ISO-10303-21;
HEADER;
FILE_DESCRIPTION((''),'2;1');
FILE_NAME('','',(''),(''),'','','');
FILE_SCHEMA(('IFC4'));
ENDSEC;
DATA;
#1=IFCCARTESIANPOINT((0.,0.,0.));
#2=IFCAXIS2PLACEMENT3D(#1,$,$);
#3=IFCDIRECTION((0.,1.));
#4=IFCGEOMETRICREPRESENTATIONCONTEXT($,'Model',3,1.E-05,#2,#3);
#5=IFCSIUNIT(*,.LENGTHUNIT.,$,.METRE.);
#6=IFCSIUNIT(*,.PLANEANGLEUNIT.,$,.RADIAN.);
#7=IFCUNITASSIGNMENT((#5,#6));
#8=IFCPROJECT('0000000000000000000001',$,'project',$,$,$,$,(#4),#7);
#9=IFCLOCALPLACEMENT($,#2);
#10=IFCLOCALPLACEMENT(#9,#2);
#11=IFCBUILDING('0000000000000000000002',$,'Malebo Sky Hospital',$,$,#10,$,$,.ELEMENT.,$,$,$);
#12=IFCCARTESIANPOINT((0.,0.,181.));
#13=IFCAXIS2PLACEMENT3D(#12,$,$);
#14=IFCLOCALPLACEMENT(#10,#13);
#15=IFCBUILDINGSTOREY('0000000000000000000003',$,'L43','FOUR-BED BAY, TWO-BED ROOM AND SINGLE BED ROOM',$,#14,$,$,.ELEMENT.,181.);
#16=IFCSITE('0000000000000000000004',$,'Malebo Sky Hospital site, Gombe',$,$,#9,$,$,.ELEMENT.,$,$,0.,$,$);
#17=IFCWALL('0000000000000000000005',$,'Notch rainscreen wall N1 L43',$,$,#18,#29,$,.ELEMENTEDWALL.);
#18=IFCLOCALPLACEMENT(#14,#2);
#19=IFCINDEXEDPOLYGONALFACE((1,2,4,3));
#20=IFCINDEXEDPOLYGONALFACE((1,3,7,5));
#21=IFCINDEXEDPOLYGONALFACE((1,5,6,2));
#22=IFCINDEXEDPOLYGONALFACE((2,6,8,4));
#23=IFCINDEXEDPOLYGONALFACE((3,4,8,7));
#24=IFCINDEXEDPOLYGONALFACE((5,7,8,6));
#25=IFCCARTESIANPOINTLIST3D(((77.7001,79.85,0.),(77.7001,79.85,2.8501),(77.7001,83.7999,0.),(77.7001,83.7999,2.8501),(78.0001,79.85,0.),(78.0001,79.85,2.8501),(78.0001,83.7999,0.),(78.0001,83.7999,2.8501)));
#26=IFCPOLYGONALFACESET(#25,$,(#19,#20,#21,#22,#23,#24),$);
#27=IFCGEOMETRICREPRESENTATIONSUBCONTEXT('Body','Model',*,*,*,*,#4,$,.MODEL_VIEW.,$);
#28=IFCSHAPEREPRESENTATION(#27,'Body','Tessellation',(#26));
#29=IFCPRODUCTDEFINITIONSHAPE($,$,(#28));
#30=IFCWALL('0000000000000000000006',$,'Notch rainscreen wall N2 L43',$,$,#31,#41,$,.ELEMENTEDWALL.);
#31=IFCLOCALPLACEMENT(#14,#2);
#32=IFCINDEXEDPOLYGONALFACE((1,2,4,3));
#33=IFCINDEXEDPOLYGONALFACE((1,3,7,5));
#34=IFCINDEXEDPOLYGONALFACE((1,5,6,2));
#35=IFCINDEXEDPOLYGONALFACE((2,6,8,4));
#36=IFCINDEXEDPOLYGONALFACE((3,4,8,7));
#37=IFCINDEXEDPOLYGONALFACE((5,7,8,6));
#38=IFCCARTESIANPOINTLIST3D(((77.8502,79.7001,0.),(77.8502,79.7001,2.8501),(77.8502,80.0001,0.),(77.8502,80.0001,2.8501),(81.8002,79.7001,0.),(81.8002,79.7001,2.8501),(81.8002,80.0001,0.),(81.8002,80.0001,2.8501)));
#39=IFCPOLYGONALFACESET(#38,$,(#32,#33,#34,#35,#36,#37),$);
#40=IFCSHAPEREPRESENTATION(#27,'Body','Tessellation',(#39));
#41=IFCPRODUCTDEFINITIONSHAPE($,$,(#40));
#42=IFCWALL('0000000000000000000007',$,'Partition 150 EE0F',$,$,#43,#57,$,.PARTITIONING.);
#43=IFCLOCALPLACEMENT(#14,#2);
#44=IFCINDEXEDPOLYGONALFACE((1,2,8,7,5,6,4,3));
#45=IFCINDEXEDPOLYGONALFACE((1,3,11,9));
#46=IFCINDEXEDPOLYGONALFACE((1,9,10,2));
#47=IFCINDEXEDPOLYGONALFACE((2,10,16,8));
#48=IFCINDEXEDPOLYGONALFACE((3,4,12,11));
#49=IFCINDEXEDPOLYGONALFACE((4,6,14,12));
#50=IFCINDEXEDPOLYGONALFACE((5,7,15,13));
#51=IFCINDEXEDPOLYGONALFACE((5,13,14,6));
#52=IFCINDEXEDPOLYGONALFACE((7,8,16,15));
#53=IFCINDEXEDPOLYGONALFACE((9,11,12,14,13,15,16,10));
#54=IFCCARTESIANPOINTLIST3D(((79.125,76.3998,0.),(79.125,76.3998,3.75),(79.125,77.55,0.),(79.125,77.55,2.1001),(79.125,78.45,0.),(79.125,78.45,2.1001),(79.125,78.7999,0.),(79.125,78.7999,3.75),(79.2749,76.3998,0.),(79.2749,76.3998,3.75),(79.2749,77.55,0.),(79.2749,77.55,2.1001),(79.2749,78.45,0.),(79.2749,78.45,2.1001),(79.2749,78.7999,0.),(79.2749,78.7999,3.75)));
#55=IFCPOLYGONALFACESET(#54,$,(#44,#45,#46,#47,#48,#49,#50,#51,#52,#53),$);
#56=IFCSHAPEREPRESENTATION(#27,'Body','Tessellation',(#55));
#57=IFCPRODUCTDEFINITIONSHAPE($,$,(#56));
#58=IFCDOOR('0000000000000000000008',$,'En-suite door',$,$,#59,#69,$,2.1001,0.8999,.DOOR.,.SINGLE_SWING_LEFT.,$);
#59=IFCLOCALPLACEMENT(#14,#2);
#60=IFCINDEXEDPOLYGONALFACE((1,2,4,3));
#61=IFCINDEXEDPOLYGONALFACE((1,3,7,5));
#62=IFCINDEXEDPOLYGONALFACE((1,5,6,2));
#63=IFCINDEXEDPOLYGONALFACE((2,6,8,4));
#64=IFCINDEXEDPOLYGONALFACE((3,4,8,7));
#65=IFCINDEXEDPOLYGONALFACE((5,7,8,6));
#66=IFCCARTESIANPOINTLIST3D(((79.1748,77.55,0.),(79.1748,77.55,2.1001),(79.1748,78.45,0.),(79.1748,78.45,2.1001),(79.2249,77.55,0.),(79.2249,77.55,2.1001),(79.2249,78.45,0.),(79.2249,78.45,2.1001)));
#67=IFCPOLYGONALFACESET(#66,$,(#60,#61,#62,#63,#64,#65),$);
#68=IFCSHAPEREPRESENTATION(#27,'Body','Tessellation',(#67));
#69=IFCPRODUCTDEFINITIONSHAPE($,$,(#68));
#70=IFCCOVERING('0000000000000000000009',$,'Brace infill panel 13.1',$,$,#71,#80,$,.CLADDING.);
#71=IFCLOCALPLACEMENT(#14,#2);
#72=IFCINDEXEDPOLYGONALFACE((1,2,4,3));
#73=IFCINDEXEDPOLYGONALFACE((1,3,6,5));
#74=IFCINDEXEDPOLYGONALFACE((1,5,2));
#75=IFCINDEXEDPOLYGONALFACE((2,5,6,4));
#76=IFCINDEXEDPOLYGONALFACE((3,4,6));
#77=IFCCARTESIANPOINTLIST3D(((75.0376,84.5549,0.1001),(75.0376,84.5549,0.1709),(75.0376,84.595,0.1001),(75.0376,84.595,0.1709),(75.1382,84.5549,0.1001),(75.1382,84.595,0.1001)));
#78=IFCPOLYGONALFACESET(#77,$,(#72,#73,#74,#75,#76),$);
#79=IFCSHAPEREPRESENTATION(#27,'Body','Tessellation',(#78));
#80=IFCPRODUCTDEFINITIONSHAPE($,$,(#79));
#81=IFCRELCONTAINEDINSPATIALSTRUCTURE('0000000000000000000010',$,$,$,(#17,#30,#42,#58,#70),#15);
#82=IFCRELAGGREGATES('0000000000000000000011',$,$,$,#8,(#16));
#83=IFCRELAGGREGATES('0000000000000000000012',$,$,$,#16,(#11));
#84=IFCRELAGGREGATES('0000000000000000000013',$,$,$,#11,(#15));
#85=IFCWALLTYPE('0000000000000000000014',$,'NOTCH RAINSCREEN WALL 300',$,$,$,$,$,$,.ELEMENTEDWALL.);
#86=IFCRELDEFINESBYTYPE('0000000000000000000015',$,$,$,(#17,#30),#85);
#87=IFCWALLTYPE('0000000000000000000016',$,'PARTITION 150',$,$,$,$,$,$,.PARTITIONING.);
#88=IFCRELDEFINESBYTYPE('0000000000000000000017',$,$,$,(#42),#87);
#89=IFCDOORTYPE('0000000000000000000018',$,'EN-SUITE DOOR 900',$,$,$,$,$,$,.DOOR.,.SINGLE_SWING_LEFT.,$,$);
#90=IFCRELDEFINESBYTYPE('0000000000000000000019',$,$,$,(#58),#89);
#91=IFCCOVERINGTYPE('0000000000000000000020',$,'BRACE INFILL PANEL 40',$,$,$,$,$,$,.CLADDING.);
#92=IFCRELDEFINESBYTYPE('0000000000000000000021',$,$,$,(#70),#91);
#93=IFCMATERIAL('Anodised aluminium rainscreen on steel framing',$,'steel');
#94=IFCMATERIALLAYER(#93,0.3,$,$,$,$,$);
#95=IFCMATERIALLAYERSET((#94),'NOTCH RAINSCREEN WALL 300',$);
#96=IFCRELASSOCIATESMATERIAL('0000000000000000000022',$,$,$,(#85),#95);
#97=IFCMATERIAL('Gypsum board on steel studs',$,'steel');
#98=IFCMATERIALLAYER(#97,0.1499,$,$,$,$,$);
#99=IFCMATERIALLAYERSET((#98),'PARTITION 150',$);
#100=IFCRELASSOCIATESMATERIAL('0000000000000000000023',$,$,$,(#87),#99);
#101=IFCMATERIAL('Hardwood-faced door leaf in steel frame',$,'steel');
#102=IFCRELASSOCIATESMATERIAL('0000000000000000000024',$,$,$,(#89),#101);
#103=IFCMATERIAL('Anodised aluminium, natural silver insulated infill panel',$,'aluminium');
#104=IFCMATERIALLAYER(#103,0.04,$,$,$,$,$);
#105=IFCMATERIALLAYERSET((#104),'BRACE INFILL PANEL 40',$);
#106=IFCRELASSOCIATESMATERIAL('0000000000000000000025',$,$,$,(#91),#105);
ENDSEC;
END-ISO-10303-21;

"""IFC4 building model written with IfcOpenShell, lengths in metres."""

from ifc_helpers import new_model, si_unit, direction, frame, frame_2d, origin, place, context, subcontext, project, spatial, polyline, rectangle, outline, extrude, material, layer, layer_set, type_object, element, fill, save


model = new_model("IFC4")

# Units and contexts
model_context = context("Model", 3, precision=1e-05, world=origin(), true_north=direction((0.0, 1.0)))
body_context = subcontext(model_context, "Body", "Model", "MODEL_VIEW")
ifc_project = project(units=[si_unit("LENGTHUNIT", "METRE"), si_unit("PLANEANGLEUNIT", "RADIAN")], contexts=[model_context])

# Site, building, storey
site_placement = place(None, origin())
site = spatial("IfcSite", under=ifc_project, at=site_placement, Name="Malebo Sky Hospital site, Gombe", CompositionType="ELEMENT", RefElevation=0.0)
building_placement = place(site_placement, origin())
building = spatial("IfcBuilding", under=site, at=building_placement, Name="Malebo Sky Hospital", CompositionType="ELEMENT")
storey_placement = place(building_placement, frame((0.0, 0.0, 181.0)))
storey = spatial("IfcBuildingStorey", under=building, at=storey_placement, Name="L43", Description="FOUR-BED BAY, TWO-BED ROOM AND SINGLE BED ROOM", CompositionType="ELEMENT", Elevation=181.0)

# Walls
ifc_material_1 = material(Name="Anodised aluminium rainscreen on steel framing", Category="steel")
ifc_layer_1 = layer(ifc_material_1, 0.3)
ifc_layer_set_1 = layer_set([ifc_layer_1], Name="NOTCH RAINSCREEN WALL 300")
wall_type_1 = type_object("IfcWallType", Name="NOTCH RAINSCREEN WALL 300", PredefinedType="ELEMENTEDWALL", material=ifc_layer_set_1)
for number, where, z_axis, x_axis, name in (
    (1, (77.8501, 83.8, 0.0), (0.0, 0.0, 1.0), (0.0, -1.0, 0.0), "Notch rainscreen wall N1 L43"),
    (2, (77.8501, 79.8501, 0.0), (0.0, 0.0, 1.0), (1.0, 0.0, 0.0), "Notch rainscreen wall N2 L43"),
):
    element("IfcWall", number, at=place(storey_placement, frame(where, z_axis=z_axis, x_axis=x_axis)), inside=storey, type_object=wall_type_1, Name=name, PredefinedType="ELEMENTEDWALL", context=body_context, shape_type="SweptSolid", body=[
        extrude(rectangle(XDim=3.95, YDim=0.3, at=frame_2d((1.9751, 0.0))), origin(), (0.0, 0.0, 1.0), 2.8501),
    ])

# Wall, opening, door
ifc_material_2 = material(Name="Gypsum board on steel studs", Category="steel")
ifc_layer_2 = layer(ifc_material_2, 0.1499)
ifc_layer_set_2 = layer_set([ifc_layer_2], Name="PARTITION 150")
wall_type_2 = type_object("IfcWallType", Name="PARTITION 150", PredefinedType="PARTITIONING", material=ifc_layer_set_2)
wall_placement = place(storey_placement, frame((79.2, 78.8, 0.0), z_axis=(0.0, 0.0, 1.0), x_axis=(0.0, -1.0, 0.0)))
wall = element("IfcWall", 3, at=wall_placement, inside=storey, type_object=wall_type_2, Name="Partition 150 EE0F", PredefinedType="PARTITIONING", context=body_context, shape_type="SweptSolid", body=[
    extrude(rectangle(XDim=2.4001, YDim=0.1499, at=frame_2d((1.2002, 0.0))), origin(), (0.0, 0.0, 1.0), 3.75),
])
opening_placement = place(wall_placement, frame((0.3501, 0.0, 0.0)))
opening = element("IfcOpeningElement", 4, at=opening_placement, cuts=wall, PredefinedType="OPENING", context=body_context, shape_type="SweptSolid", body=[
    extrude(rectangle(XDim=0.8999, YDim=2.1001, at=frame_2d((0.45, 1.05))), frame((0.0, 0.085, 0.0), z_axis=(0.0, -1.0, 0.0), x_axis=(1.0, 0.0, 0.0)), (0.0, 0.0, 1.0), 0.1699),
])
ifc_material_3 = material(Name="Hardwood-faced door leaf in steel frame", Category="steel")
door_type = type_object("IfcDoorType", Name="EN-SUITE DOOR 900", OperationType="SINGLE_SWING_LEFT", PredefinedType="DOOR", material=ifc_material_3)
door_placement = place(opening_placement, origin())
door = element("IfcDoor", 5, at=door_placement, inside=storey, type_object=door_type, Name="En-suite door", OperationType="SINGLE_SWING_LEFT", OverallHeight=2.1001, OverallWidth=0.8999, PredefinedType="DOOR", context=body_context, shape_type="SweptSolid", body=[
    extrude(rectangle(XDim=0.8999, YDim=2.1001, at=frame_2d((0.45, 1.05))), frame((0.0, 0.0249, 0.0), z_axis=(0.0, -1.0, 0.0), x_axis=(1.0, 0.0, 0.0)), (0.0, 0.0, 1.0), 0.05),
])
fill(opening, door)

# Covering
ifc_material_4 = material(Name="Anodised aluminium, natural silver insulated infill panel", Category="aluminium")
ifc_layer_3 = layer(ifc_material_4, 0.04)
ifc_layer_set_3 = layer_set([ifc_layer_3], Name="BRACE INFILL PANEL 40")
covering_type = type_object("IfcCoveringType", Name="BRACE INFILL PANEL 40", PredefinedType="CLADDING", material=ifc_layer_set_3)
covering_placement = place(storey_placement, frame((75.0879, 84.575, 0.1001), z_axis=(0.0, 0.0, 1.0), x_axis=(1.0, 0.0, 0.0)))
element("IfcCovering", 6, at=covering_placement, inside=storey, type_object=covering_type, Name="Brace infill panel 13.1", PredefinedType="CLADDING", context=body_context, shape_type="SweptSolid", body=[
    extrude(outline(polyline([(-0.0503, 0.0), (0.0503, 0.0), (-0.0503, 0.0708), (-0.0503, 0.0)])), frame((0.0, 0.02, 0.0), z_axis=(0.0, -1.0, 0.0), x_axis=(1.0, 0.0, 0.0)), (0.0, 0.0, 1.0), 0.04),
])

save(model, "model.ifc")
